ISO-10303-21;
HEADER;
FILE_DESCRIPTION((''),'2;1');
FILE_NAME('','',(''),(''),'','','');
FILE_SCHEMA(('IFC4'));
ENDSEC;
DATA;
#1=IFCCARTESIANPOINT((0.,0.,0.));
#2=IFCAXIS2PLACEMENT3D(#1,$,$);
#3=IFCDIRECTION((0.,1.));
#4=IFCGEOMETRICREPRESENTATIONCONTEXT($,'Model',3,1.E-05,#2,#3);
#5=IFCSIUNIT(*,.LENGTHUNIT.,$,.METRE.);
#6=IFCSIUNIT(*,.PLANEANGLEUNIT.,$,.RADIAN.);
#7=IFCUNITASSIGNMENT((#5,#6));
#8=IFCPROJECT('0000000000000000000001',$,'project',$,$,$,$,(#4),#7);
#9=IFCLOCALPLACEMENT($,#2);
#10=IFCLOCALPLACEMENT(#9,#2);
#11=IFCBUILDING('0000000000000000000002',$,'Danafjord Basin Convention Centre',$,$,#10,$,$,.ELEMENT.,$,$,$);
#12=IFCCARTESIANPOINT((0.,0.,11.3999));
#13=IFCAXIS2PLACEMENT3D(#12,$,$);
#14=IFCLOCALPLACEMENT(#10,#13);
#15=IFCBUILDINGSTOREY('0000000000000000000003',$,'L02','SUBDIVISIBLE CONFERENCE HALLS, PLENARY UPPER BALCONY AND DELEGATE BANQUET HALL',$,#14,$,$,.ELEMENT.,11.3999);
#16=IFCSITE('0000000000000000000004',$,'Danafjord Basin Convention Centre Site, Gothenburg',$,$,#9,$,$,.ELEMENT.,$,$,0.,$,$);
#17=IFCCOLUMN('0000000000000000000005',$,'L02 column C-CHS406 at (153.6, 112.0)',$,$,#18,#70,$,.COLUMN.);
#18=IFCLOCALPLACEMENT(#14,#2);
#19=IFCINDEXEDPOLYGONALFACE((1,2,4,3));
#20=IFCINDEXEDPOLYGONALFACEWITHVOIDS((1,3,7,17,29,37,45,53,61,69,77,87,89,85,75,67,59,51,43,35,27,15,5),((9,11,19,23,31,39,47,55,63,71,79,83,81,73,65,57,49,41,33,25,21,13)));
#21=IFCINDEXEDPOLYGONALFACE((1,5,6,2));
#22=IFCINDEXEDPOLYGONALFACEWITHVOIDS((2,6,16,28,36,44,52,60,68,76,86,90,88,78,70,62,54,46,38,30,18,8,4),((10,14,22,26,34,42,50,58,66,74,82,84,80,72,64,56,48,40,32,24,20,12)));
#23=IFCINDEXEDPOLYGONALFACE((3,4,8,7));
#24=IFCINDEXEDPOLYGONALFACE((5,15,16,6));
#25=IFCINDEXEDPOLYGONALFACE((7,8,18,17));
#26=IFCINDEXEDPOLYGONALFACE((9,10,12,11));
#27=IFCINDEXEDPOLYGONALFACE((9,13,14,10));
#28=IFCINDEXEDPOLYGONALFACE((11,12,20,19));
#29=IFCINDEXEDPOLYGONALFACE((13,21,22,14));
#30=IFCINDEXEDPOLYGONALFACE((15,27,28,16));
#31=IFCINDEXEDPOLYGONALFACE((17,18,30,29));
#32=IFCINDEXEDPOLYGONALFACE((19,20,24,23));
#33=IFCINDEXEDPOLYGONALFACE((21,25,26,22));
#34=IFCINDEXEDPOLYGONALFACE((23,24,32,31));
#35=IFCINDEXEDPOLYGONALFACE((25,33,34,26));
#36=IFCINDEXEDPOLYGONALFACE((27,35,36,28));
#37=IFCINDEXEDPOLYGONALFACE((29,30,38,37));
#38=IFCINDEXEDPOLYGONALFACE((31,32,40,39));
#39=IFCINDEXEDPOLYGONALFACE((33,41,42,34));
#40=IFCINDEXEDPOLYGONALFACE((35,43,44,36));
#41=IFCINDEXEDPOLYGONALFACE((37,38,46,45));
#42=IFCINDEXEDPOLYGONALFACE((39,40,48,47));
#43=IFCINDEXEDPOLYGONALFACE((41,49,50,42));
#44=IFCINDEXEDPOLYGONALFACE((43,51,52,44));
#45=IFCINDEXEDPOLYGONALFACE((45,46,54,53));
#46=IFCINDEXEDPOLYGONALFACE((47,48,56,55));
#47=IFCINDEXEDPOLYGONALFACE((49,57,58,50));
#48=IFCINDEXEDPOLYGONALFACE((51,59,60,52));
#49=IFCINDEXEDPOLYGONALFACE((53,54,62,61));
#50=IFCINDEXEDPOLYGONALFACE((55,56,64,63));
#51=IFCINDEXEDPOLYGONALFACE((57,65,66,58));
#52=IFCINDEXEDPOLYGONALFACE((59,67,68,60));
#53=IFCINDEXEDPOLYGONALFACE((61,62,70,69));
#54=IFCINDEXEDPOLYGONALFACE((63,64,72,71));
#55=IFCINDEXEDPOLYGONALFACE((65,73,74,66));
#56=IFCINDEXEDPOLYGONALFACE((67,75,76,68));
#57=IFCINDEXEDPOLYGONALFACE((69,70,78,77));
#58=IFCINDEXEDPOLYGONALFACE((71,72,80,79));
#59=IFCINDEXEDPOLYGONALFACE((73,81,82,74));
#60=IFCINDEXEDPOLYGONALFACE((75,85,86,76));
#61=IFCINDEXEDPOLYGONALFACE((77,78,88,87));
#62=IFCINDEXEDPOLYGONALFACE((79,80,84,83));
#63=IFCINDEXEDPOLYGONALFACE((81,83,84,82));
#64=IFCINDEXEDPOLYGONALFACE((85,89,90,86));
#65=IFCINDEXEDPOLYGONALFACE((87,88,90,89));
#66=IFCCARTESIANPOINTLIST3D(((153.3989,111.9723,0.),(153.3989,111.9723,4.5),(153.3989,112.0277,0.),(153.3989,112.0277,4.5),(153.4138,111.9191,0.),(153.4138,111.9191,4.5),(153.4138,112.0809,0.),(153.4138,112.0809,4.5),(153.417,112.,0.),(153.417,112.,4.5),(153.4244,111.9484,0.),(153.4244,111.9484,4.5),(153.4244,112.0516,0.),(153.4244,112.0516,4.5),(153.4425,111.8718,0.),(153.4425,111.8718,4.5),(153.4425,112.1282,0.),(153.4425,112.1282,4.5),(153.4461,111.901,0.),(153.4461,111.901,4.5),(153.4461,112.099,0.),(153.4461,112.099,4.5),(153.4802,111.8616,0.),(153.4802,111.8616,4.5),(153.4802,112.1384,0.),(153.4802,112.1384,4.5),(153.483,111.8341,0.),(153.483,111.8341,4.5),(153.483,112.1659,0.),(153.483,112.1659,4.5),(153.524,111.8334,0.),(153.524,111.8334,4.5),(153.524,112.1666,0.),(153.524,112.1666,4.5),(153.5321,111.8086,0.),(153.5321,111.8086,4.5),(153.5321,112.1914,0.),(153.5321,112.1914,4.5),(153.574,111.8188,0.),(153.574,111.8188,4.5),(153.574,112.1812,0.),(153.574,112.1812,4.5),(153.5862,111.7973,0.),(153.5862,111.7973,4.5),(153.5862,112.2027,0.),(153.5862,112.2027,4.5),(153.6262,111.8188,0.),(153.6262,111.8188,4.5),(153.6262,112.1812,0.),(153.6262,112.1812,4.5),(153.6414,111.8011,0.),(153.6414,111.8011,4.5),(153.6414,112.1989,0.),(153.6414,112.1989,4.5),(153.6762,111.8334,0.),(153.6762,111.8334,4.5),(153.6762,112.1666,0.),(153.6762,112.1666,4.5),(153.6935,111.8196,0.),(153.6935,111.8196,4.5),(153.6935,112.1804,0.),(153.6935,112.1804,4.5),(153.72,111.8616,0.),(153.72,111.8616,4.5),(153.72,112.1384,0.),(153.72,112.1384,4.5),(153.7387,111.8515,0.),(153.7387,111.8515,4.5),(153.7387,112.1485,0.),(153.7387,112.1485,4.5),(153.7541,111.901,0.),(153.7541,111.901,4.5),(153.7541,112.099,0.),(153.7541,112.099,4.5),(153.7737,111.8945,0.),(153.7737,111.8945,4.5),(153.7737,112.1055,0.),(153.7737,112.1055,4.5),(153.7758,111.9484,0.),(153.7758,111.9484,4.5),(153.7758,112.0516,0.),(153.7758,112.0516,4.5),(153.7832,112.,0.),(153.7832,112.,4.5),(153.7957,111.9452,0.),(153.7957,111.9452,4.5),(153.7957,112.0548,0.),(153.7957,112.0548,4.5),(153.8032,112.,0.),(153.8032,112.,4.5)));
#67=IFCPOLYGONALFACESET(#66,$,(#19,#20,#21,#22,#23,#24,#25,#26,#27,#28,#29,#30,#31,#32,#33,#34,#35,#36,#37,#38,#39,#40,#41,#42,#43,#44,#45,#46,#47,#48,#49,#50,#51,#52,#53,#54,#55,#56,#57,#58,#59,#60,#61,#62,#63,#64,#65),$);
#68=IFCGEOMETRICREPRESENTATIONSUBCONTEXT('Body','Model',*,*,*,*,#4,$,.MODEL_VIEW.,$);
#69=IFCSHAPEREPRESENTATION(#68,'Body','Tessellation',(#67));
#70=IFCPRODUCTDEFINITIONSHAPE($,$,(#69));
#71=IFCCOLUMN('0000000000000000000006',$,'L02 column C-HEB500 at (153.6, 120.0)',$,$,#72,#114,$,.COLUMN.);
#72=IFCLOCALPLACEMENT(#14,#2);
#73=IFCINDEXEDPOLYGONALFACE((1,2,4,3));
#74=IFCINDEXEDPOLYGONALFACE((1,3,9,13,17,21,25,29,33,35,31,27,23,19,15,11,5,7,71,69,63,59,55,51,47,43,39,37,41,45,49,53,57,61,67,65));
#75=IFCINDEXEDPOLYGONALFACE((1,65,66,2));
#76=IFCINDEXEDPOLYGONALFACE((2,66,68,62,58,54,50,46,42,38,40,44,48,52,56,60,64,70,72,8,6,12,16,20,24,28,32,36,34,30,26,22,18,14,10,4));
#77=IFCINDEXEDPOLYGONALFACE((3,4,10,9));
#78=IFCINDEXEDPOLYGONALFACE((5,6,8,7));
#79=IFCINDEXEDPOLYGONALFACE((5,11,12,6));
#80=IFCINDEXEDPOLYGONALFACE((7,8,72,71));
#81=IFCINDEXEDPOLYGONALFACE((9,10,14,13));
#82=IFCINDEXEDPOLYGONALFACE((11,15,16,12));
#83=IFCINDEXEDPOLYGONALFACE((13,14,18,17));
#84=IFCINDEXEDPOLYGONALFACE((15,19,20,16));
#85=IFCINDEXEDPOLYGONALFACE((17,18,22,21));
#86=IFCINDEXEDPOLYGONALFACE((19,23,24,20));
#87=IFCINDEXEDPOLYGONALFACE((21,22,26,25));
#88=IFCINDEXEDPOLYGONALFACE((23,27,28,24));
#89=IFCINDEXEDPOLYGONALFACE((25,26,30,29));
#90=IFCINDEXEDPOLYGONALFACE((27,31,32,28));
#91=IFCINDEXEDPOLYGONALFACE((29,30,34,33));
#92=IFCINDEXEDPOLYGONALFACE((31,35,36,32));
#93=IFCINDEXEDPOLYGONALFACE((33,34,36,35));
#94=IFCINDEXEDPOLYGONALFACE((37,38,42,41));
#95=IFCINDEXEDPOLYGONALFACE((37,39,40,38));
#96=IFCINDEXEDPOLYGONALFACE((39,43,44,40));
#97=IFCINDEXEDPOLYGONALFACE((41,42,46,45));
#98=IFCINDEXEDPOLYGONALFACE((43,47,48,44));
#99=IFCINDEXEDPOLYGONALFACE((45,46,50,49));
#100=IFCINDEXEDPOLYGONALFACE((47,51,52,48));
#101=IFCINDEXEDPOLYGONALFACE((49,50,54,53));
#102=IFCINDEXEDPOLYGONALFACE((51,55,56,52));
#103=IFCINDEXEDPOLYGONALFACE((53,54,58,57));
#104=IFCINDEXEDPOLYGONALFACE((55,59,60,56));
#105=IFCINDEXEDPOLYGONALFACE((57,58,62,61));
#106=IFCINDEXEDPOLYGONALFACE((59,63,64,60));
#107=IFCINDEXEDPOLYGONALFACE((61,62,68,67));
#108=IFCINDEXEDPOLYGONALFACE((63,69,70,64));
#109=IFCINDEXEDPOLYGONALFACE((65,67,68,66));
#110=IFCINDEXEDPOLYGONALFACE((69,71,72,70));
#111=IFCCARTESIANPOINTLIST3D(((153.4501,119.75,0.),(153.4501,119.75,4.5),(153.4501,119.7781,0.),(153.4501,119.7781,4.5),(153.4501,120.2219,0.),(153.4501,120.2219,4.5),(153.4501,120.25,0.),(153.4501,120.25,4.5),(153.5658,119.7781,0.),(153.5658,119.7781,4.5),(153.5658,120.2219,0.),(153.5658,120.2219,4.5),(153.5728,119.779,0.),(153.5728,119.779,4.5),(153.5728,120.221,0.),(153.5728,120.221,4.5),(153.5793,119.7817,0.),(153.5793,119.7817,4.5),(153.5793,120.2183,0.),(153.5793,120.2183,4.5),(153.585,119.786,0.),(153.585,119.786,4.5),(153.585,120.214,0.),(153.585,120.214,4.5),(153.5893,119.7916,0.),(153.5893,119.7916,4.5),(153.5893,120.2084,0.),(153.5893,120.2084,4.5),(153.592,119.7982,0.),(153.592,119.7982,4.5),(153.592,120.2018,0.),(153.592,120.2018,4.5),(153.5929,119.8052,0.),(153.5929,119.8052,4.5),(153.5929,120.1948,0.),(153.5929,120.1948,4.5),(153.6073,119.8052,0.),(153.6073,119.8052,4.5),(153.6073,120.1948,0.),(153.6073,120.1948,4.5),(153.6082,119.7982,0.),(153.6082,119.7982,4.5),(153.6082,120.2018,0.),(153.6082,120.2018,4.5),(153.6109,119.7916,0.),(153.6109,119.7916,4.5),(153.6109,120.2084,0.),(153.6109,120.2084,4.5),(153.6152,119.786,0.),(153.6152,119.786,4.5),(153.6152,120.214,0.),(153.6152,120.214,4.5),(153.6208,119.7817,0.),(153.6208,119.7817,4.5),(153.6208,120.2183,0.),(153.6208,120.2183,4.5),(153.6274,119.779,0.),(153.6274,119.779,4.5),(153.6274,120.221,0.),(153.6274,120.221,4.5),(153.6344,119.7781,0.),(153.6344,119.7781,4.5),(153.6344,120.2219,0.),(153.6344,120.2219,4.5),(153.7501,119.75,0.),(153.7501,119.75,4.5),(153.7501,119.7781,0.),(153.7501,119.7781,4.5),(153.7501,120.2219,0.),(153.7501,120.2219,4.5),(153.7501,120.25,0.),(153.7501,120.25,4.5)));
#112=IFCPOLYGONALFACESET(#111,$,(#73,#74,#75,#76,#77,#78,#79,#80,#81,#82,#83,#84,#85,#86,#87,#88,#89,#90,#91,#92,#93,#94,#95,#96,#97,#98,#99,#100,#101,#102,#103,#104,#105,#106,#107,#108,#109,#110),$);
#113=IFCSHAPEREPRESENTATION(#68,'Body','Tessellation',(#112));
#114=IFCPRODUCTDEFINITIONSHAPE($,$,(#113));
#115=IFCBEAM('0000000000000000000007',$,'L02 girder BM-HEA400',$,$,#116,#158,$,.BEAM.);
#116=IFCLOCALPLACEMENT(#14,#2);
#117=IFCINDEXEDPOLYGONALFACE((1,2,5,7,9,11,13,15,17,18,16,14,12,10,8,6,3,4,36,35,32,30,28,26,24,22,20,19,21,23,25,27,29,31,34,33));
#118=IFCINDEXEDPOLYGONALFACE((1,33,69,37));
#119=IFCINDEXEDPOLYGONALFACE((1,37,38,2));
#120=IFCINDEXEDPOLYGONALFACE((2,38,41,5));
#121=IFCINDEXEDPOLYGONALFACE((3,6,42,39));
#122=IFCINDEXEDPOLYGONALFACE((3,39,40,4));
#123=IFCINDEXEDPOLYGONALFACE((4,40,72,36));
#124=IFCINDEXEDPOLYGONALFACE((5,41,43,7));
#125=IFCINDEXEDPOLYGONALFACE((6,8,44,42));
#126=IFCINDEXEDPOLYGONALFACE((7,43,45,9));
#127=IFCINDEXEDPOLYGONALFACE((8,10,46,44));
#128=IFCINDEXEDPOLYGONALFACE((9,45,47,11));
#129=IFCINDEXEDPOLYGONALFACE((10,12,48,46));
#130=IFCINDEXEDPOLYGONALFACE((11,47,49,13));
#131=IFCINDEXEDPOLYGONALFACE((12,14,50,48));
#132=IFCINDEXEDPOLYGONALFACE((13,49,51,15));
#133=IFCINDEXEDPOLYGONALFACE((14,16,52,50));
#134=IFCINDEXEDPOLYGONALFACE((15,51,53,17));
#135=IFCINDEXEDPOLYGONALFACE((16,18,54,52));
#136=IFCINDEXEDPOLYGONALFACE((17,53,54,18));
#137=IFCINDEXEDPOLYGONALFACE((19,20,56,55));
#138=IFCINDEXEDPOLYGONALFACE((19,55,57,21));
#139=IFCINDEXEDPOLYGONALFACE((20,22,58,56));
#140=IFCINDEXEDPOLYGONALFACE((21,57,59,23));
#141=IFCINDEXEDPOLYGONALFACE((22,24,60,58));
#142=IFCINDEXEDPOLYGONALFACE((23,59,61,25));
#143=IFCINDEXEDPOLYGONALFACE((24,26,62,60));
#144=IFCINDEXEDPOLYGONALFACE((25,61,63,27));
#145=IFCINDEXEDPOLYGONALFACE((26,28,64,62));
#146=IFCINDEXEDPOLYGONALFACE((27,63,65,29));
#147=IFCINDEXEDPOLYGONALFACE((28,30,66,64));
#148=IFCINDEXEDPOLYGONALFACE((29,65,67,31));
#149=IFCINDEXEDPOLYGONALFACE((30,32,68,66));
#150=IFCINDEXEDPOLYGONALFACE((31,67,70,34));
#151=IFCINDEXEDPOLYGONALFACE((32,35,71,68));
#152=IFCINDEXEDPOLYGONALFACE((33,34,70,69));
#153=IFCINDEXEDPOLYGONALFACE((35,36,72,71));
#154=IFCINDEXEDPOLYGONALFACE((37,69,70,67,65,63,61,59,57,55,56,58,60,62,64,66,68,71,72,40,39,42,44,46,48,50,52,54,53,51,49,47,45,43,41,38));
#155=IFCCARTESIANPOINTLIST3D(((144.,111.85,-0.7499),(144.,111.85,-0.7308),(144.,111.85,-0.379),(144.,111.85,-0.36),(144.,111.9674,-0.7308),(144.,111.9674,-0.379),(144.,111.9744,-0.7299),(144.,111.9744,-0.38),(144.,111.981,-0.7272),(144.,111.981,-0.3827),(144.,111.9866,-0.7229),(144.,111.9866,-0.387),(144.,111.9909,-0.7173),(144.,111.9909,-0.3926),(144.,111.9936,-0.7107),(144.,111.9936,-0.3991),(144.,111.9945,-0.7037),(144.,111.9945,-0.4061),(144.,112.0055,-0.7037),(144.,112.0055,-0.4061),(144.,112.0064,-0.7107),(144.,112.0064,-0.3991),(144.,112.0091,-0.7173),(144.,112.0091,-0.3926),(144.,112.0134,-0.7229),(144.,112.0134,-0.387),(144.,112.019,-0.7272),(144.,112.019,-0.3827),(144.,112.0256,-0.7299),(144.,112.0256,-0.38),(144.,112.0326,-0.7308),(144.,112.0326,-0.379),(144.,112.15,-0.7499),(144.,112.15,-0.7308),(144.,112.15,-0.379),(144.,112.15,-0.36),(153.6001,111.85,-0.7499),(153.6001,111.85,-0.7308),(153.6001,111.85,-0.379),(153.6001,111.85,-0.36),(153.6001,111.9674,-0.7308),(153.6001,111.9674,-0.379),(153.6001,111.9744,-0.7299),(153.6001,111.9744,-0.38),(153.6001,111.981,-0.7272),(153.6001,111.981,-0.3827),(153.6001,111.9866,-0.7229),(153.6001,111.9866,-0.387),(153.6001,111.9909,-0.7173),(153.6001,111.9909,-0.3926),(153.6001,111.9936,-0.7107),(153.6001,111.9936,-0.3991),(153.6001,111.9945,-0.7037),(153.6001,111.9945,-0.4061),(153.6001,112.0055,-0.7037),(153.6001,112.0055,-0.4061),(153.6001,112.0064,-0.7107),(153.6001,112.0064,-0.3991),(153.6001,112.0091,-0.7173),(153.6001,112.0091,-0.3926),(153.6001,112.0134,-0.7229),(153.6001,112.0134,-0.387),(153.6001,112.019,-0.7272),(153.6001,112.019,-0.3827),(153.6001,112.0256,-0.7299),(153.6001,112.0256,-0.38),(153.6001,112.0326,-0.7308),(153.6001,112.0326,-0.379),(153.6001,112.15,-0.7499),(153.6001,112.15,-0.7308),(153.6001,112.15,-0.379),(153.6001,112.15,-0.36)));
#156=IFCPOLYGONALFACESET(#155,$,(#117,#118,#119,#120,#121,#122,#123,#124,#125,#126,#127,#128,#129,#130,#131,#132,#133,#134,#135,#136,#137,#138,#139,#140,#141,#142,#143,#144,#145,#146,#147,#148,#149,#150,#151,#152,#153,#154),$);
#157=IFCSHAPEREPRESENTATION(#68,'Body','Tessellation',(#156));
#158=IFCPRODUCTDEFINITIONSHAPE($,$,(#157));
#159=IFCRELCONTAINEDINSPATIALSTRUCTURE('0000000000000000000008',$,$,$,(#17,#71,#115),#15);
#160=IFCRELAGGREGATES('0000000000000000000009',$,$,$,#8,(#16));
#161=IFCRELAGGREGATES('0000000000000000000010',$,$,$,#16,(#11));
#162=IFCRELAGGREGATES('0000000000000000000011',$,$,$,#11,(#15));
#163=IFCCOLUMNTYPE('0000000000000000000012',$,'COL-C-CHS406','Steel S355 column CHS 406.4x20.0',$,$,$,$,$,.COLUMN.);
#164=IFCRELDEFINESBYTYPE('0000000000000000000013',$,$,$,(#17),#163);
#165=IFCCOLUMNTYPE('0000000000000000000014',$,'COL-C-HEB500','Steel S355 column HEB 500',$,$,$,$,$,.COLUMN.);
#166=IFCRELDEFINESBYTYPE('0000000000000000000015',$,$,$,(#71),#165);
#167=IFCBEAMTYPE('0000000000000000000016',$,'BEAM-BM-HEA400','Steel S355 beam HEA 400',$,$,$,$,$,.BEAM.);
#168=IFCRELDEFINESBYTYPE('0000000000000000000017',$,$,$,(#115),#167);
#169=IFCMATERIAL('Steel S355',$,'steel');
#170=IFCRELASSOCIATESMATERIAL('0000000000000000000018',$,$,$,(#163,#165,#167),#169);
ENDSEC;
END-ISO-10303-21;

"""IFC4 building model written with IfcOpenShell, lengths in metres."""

from ifc_helpers import new_model, si_unit, direction, frame, origin, origin_2d, place, context, subcontext, project, spatial, hollow_circle, i_section, extrude, material, material_profile, profile_set, type_object, element, save


model = new_model("IFC4")

# Units and contexts
model_context = context("Model", 3, precision=1e-05, world=origin(), true_north=direction((0.0, 1.0)))
body_context = subcontext(model_context, "Body", "Model", "MODEL_VIEW")
ifc_project = project(units=[si_unit("LENGTHUNIT", "METRE"), si_unit("PLANEANGLEUNIT", "RADIAN")], contexts=[model_context])

# Site, building, storey
site_placement = place(None, origin())
site = spatial("IfcSite", under=ifc_project, at=site_placement, Name="Danafjord Basin Convention Centre Site, Gothenburg", CompositionType="ELEMENT", RefElevation=0.0)
building_placement = place(site_placement, origin())
building = spatial("IfcBuilding", under=site, at=building_placement, Name="Danafjord Basin Convention Centre", CompositionType="ELEMENT")
storey_placement = place(building_placement, frame((0.0, 0.0, 11.3999)))
storey = spatial("IfcBuildingStorey", under=building, at=storey_placement, Name="L02", Description="SUBDIVISIBLE CONFERENCE HALLS, PLENARY UPPER BALCONY AND DELEGATE BANQUET HALL", CompositionType="ELEMENT", Elevation=11.3999)

# Columns
ifc_material_1 = material(Name="Steel S355", Category="steel")
ifc_material_profile_1 = material_profile(ifc_material_1, hollow_circle(Radius=0.2031, WallThickness=0.02, at=origin_2d()), Name="CHS 406.4x20.0")
ifc_profile_set_1 = profile_set([ifc_material_profile_1], Name="Steel S355")
column_type_1 = type_object("IfcColumnType", Name="COL-C-CHS406", Description="Steel S355 column CHS 406.4x20.0", PredefinedType="COLUMN", material=ifc_profile_set_1)
column_1_placement = place(storey_placement, frame((153.6001, 112.0, 0.0), z_axis=(0.0, 0.0, 1.0), x_axis=(1.0, 0.0, 0.0)))
element("IfcColumn", 1, at=column_1_placement, inside=storey, type_object=column_type_1, Name="L02 column C-CHS406 at (153.6, 112.0)", PredefinedType="COLUMN", context=body_context, shape_type="SweptSolid", body=[
    extrude(hollow_circle(Radius=0.2031, WallThickness=0.02, at=origin_2d()), origin(), (0.0, 0.0, 1.0), 4.5),
])
ifc_material_profile_2 = material_profile(ifc_material_1, i_section(OverallWidth=0.3, OverallDepth=0.5, WebThickness=0.0144, FlangeThickness=0.0281, FilletRadius=0.0271, at=origin_2d()), Name="HEB 500")
ifc_profile_set_2 = profile_set([ifc_material_profile_2], Name="Steel S355")
column_type_2 = type_object("IfcColumnType", Name="COL-C-HEB500", Description="Steel S355 column HEB 500", PredefinedType="COLUMN", material=ifc_profile_set_2)
column_2_placement = place(storey_placement, frame((153.6001, 120.0, 0.0), z_axis=(0.0, 0.0, 1.0), x_axis=(1.0, 0.0, 0.0)))
element("IfcColumn", 2, at=column_2_placement, inside=storey, type_object=column_type_2, Name="L02 column C-HEB500 at (153.6, 120.0)", PredefinedType="COLUMN", context=body_context, shape_type="SweptSolid", body=[
    extrude(i_section(OverallWidth=0.3, OverallDepth=0.5, WebThickness=0.0144, FlangeThickness=0.0281, FilletRadius=0.0271, at=origin_2d()), origin(), (0.0, 0.0, 1.0), 4.5),
])

# Beam
ifc_material_profile_3 = material_profile(ifc_material_1, i_section(OverallWidth=0.3, OverallDepth=0.3899, WebThickness=0.011, FlangeThickness=0.019, FilletRadius=0.0271, at=origin_2d()), Name="HEA 400")
ifc_profile_set_3 = profile_set([ifc_material_profile_3], Name="Steel S355")
beam_type_1 = type_object("IfcBeamType", Name="BEAM-BM-HEA400", Description="Steel S355 beam HEA 400", PredefinedType="BEAM", material=ifc_profile_set_3)
beam_1_placement = place(storey_placement, frame((144.0, 112.0, -0.5549), z_axis=(1.0, 0.0, 0.0), x_axis=(0.0, 1.0, 0.0)))
element("IfcBeam", 3, at=beam_1_placement, inside=storey, type_object=beam_type_1, Name="L02 girder BM-HEA400", PredefinedType="BEAM", context=body_context, shape_type="SweptSolid", body=[
    extrude(i_section(OverallWidth=0.3, OverallDepth=0.3899, WebThickness=0.011, FlangeThickness=0.019, FilletRadius=0.0271, at=origin_2d()), origin(), (0.0, 0.0, 1.0), 9.6001),
])

save(model, "model.ifc")
